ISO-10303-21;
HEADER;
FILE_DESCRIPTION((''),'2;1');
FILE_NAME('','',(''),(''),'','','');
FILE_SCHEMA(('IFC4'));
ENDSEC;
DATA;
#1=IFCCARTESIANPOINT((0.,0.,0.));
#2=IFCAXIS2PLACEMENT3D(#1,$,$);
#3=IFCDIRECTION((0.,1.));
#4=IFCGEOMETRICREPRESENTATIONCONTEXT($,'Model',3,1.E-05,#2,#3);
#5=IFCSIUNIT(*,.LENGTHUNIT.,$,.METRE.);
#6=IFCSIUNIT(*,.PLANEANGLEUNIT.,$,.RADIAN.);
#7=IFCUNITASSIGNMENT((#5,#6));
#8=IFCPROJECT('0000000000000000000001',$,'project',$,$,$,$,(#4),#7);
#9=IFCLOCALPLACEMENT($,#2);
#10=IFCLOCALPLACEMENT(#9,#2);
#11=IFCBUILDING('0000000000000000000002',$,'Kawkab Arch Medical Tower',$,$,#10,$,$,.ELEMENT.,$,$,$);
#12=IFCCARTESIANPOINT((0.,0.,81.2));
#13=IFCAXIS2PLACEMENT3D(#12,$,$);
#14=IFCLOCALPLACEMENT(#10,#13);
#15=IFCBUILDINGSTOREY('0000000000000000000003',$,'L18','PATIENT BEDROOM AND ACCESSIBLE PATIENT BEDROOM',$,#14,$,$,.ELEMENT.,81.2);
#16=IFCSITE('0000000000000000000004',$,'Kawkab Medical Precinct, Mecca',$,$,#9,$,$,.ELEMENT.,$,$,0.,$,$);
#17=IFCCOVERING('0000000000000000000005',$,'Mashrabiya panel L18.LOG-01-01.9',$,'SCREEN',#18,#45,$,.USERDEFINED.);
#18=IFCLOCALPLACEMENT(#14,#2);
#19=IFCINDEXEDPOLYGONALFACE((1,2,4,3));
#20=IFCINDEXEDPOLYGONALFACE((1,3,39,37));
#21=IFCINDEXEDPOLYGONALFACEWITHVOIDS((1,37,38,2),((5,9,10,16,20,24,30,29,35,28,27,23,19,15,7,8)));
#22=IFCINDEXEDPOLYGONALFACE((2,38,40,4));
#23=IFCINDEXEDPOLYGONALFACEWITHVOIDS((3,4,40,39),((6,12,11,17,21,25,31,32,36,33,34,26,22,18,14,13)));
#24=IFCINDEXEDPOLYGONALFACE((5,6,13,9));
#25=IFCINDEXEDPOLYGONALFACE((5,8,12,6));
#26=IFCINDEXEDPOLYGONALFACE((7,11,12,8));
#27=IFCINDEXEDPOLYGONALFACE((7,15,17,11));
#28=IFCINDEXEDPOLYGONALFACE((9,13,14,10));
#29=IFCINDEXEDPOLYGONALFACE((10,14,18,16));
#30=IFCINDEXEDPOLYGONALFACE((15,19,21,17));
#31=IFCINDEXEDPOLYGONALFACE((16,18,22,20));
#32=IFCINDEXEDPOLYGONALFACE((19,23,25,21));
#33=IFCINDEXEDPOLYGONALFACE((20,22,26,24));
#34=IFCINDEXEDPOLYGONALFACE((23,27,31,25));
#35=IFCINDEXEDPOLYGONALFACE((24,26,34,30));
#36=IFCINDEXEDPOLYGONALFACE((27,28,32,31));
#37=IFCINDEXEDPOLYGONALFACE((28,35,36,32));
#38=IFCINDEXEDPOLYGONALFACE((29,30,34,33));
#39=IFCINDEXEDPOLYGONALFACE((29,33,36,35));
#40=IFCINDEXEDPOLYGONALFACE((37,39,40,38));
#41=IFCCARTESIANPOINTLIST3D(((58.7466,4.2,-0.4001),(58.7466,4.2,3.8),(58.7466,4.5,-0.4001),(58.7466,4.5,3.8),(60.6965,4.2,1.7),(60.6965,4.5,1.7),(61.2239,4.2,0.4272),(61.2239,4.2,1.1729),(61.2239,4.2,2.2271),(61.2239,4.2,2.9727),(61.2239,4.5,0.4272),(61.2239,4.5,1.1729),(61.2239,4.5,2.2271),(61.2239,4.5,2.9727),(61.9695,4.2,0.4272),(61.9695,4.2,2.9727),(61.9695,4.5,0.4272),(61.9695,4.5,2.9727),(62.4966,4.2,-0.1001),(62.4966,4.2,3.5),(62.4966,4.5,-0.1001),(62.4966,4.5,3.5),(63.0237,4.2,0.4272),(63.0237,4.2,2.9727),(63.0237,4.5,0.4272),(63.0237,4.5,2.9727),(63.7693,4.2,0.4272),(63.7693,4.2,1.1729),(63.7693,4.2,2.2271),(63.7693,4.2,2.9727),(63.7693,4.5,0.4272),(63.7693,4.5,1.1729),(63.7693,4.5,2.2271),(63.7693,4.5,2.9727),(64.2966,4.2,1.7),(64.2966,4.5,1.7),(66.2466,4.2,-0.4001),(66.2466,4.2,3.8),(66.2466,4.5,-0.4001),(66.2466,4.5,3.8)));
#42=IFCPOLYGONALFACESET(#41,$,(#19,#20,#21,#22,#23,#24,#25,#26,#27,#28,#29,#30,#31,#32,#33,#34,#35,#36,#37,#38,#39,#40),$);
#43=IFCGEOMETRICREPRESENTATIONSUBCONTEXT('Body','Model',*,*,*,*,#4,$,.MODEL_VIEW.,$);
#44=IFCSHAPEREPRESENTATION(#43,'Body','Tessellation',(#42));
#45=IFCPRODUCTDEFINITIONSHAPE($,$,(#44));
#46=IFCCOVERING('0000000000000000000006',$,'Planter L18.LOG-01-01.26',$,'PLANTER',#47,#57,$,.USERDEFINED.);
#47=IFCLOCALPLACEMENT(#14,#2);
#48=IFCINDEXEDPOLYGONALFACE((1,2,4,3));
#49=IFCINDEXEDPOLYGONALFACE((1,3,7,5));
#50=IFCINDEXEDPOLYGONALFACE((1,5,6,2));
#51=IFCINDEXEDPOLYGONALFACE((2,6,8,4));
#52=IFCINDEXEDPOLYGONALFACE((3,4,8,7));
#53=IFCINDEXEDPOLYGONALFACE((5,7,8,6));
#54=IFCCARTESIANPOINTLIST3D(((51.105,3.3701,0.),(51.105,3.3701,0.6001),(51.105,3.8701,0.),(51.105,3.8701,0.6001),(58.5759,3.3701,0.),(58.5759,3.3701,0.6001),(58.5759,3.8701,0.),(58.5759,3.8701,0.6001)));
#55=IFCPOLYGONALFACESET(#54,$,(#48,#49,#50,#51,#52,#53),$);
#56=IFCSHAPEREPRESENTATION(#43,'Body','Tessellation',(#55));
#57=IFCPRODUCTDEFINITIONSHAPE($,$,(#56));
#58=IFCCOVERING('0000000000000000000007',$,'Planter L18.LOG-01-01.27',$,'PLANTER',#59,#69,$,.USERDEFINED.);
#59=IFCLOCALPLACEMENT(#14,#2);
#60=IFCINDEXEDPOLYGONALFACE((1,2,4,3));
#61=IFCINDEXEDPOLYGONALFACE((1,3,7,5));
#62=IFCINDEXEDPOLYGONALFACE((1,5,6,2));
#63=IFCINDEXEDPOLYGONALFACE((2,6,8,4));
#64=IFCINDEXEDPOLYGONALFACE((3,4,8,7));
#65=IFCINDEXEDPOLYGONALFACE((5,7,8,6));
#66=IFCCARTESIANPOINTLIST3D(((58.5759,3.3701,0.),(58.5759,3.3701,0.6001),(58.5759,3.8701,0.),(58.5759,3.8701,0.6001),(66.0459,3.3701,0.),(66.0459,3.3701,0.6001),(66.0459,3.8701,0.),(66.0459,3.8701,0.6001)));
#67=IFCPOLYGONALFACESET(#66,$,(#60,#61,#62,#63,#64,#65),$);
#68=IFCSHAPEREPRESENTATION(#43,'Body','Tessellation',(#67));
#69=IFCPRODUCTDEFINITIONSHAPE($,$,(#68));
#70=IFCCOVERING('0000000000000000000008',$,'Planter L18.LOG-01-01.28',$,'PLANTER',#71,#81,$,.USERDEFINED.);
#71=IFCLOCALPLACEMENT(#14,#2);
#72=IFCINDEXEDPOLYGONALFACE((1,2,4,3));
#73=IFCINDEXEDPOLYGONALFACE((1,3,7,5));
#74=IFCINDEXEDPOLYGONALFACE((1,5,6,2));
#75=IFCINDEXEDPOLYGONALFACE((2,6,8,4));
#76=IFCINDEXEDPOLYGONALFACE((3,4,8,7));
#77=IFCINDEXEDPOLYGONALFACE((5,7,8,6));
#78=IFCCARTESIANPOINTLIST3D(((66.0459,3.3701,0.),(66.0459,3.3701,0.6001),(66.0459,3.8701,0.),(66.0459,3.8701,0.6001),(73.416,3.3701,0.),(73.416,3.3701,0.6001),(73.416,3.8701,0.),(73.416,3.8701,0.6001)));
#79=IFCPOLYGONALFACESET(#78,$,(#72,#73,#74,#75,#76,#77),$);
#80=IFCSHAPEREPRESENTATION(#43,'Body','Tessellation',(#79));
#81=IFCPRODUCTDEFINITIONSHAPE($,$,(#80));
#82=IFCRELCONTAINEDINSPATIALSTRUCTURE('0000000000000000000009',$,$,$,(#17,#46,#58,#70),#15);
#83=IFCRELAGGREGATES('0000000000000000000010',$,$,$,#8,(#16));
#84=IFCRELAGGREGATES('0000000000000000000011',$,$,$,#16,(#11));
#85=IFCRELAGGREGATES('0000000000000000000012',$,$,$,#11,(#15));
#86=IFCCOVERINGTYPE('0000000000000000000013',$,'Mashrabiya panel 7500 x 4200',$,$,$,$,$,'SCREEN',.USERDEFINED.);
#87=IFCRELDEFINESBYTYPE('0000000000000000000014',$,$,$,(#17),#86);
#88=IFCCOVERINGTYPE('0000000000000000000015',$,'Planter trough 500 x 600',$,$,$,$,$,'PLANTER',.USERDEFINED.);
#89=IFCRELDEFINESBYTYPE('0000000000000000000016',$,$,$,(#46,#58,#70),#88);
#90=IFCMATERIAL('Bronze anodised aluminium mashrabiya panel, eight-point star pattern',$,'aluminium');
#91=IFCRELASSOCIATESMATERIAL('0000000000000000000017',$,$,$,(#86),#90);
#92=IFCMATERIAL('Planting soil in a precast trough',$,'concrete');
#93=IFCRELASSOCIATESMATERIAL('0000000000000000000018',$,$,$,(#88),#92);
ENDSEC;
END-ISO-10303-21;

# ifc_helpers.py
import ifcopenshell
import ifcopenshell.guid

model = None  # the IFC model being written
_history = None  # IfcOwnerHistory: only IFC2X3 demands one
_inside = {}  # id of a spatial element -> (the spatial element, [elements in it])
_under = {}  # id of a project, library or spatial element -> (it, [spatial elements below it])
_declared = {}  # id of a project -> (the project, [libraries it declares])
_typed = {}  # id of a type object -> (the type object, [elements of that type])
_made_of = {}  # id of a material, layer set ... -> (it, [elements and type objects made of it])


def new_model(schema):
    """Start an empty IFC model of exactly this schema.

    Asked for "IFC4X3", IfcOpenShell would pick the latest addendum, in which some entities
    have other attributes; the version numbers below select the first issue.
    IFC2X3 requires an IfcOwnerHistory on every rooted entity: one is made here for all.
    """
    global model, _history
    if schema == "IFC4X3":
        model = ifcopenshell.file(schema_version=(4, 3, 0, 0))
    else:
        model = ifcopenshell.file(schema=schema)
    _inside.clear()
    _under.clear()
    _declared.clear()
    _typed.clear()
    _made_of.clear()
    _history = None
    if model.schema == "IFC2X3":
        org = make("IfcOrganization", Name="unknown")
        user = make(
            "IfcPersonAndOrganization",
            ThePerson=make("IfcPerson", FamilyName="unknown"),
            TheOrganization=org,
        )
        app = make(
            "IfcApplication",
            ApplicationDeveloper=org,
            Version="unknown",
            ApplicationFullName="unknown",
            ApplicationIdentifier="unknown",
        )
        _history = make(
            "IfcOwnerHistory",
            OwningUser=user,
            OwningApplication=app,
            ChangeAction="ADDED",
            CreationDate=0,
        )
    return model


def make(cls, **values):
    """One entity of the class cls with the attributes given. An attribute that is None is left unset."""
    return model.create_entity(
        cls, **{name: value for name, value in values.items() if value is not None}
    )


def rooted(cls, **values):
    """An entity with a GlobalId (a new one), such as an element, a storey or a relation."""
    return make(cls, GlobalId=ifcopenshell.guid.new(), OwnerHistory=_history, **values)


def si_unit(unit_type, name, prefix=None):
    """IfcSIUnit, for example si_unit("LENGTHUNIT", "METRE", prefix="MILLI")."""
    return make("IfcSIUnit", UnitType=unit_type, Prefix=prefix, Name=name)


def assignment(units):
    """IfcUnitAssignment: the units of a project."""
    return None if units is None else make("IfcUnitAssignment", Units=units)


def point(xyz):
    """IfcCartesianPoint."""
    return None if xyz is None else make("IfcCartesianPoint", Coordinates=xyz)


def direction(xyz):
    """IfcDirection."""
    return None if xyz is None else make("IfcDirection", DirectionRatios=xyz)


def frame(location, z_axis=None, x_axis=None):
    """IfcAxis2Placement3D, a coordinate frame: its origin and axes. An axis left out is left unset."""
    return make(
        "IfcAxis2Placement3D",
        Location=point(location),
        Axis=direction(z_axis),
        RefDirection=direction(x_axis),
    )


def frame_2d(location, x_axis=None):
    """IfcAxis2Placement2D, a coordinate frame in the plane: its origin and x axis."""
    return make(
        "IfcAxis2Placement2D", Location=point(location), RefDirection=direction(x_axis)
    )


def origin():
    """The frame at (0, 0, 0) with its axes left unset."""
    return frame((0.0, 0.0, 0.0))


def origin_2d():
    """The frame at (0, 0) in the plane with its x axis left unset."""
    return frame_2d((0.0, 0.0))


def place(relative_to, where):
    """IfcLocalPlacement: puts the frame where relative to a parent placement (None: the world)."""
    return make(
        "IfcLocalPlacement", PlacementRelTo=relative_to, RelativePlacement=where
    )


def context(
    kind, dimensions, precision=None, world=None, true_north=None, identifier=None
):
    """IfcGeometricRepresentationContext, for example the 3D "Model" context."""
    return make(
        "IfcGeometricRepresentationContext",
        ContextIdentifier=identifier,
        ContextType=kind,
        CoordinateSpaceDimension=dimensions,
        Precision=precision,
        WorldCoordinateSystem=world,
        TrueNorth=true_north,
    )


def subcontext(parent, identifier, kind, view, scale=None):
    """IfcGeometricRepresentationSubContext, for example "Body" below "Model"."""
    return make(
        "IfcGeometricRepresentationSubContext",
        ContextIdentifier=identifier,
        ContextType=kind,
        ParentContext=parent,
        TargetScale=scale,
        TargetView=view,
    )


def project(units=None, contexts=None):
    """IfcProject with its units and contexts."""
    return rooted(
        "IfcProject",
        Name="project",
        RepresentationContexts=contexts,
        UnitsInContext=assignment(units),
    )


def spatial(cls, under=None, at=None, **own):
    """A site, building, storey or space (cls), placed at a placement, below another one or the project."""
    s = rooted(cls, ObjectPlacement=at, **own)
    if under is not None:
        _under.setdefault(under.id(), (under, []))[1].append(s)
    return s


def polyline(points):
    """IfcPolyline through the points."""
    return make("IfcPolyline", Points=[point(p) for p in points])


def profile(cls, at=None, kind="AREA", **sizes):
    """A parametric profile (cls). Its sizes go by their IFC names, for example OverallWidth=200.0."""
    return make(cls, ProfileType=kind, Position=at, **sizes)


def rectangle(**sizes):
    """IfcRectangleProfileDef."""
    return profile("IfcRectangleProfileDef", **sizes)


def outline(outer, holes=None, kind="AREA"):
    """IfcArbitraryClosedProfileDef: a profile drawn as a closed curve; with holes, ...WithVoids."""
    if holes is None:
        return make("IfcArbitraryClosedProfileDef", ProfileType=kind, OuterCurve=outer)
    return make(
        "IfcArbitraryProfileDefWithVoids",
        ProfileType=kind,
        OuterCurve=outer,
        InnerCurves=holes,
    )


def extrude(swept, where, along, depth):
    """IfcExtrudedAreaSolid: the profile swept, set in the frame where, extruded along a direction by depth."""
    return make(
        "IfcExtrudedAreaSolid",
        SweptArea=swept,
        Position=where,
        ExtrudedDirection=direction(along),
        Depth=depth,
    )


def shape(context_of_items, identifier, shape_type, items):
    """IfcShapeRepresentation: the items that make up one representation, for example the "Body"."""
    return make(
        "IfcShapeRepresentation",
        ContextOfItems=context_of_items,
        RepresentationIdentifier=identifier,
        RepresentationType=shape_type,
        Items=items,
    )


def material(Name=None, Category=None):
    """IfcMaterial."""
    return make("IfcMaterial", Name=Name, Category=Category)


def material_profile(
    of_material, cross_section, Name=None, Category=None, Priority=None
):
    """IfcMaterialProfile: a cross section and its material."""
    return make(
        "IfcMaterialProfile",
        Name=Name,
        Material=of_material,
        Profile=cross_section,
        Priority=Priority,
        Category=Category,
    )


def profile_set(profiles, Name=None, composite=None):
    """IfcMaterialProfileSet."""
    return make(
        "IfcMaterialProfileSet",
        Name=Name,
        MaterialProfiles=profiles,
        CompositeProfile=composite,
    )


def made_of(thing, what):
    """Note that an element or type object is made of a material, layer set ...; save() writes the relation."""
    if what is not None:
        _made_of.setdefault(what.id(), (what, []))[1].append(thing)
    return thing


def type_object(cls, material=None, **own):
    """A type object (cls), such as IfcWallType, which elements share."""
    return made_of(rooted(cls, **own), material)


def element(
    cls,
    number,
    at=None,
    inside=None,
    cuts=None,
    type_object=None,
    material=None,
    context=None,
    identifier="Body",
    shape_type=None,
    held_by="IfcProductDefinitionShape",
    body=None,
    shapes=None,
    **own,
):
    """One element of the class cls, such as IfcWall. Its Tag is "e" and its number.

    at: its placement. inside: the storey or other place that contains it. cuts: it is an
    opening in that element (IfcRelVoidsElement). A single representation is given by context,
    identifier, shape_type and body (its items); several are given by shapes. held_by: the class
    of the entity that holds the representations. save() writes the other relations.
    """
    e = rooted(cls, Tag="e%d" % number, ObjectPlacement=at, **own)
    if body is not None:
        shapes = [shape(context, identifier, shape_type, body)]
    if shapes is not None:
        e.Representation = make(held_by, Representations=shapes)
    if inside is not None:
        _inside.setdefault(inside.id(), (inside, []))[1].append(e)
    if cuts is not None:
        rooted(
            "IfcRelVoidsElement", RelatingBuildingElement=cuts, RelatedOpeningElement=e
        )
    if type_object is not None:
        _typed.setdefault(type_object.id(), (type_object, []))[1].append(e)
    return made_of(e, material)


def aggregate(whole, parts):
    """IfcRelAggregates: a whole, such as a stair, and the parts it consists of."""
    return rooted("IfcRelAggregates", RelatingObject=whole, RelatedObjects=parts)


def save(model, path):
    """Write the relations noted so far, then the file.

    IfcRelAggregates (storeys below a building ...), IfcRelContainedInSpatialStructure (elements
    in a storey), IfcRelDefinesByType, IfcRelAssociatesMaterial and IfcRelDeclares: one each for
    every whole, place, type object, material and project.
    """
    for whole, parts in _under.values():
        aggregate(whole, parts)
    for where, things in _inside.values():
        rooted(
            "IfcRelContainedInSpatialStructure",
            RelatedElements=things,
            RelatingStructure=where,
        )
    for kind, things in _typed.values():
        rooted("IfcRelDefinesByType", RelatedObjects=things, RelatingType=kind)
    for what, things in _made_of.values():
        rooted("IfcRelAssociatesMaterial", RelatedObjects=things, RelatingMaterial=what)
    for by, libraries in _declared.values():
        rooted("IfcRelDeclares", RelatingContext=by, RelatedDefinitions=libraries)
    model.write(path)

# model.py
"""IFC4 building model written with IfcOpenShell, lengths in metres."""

from ifc_helpers import new_model, si_unit, direction, frame, origin, origin_2d, place, context, subcontext, project, spatial, polyline, rectangle, outline, extrude, material, material_profile, profile_set, type_object, element, save


model = new_model("IFC4")

# Units and contexts
model_context = context("Model", 3, precision=1e-05, world=origin(), true_north=direction((0.0, 1.0)))
body_context = subcontext(model_context, "Body", "Model", "MODEL_VIEW")
ifc_project = project(units=[si_unit("LENGTHUNIT", "METRE"), si_unit("PLANEANGLEUNIT", "RADIAN")], contexts=[model_context])

# Site, building, storey
site_placement = place(None, origin())
site = spatial("IfcSite", under=ifc_project, at=site_placement, Name="Kawkab Medical Precinct, Mecca", CompositionType="ELEMENT", RefElevation=0.0)
building_placement = place(site_placement, origin())
building = spatial("IfcBuilding", under=site, at=building_placement, Name="Kawkab Arch Medical Tower", CompositionType="ELEMENT")
storey_placement = place(building_placement, frame((0.0, 0.0, 81.2)))
storey = spatial("IfcBuildingStorey", under=building, at=storey_placement, Name="L18", Description="PATIENT BEDROOM AND ACCESSIBLE PATIENT BEDROOM", CompositionType="ELEMENT", Elevation=81.2)

# Coverings
ifc_material_1 = material(Name="Bronze anodised aluminium mashrabiya panel, eight-point star pattern", Category="aluminium")
ifc_material_profile_1 = material_profile(ifc_material_1, outline(polyline([(-3.75, -2.1001), (3.75, -2.1001), (3.75, 2.1001), (-3.75, 2.1001), (-3.75, -2.1001)]), holes=[polyline([(1.8, 0.0), (1.2727, 0.5271), (1.2727, 1.2727), (0.5271, 1.2727), (0.0, 1.8), (-0.5271, 1.2727), (-1.2727, 1.2727), (-1.2727, 0.5271), (-1.8, 0.0), (-1.2727, -0.5271), (-1.2727, -1.2727), (-0.5271, -1.2727), (0.0, -1.8), (0.5271, -1.2727), (1.2727, -1.2727), (1.2727, -0.5271), (1.8, 0.0)])]), Name="Mashrabiya panel 7500x4200")
ifc_profile_set_1 = profile_set([ifc_material_profile_1], Name="Bronze anodised aluminium mashrabiya panel, eight-point star pattern")
covering_type_1 = type_object("IfcCoveringType", Name="Mashrabiya panel 7500 x 4200", ElementType="SCREEN", PredefinedType="USERDEFINED", material=ifc_profile_set_1)
covering_1_placement = place(storey_placement, frame((62.4966, 4.2, 1.7), z_axis=(0.0, 1.0, 0.0), x_axis=(-1.0, 0.0, 0.0)))
element("IfcCovering", 1, at=covering_1_placement, inside=storey, type_object=covering_type_1, Name="Mashrabiya panel L18.LOG-01-01.9", ObjectType="SCREEN", PredefinedType="USERDEFINED", context=body_context, shape_type="SweptSolid", body=[
    extrude(outline(polyline([(-3.75, -2.1001), (3.75, -2.1001), (3.75, 2.1001), (-3.75, 2.1001), (-3.75, -2.1001)]), holes=[polyline([(1.8, 0.0), (1.2727, 0.5271), (1.2727, 1.2727), (0.5271, 1.2727), (0.0, 1.8), (-0.5271, 1.2727), (-1.2727, 1.2727), (-1.2727, 0.5271), (-1.8, 0.0), (-1.2727, -0.5271), (-1.2727, -1.2727), (-0.5271, -1.2727), (0.0, -1.8), (0.5271, -1.2727), (1.2727, -1.2727), (1.2727, -0.5271), (1.8, 0.0)])]), origin(), (0.0, 0.0, 1.0), 0.3),
])
ifc_material_2 = material(Name="Planting soil in a precast trough", Category="concrete")
ifc_material_profile_2 = material_profile(ifc_material_2, rectangle(XDim=0.5, YDim=0.6001, at=origin_2d()), Name="Trough 500x600")
ifc_profile_set_2 = profile_set([ifc_material_profile_2], Name="Planting soil in a precast trough")
covering_type_2 = type_object("IfcCoveringType", Name="Planter trough 500 x 600", ElementType="PLANTER", PredefinedType="USERDEFINED", material=ifc_profile_set_2)
covering_2_placement = place(storey_placement, frame((51.105, 3.6201, 0.3), z_axis=(1.0, 0.0, 0.0), x_axis=(0.0, 1.0, 0.0)))
element("IfcCovering", 2, at=covering_2_placement, inside=storey, type_object=covering_type_2, Name="Planter L18.LOG-01-01.26", ObjectType="PLANTER", PredefinedType="USERDEFINED", context=body_context, shape_type="SweptSolid", body=[
    extrude(rectangle(XDim=0.5, YDim=0.6001, at=origin_2d()), origin(), (0.0, 0.0, 1.0), 7.4709),
])
covering_3_placement = place(storey_placement, frame((58.5759, 3.6201, 0.3), z_axis=(1.0, 0.0, 0.0), x_axis=(0.0, 1.0, 0.0)))
element("IfcCovering", 3, at=covering_3_placement, inside=storey, type_object=covering_type_2, Name="Planter L18.LOG-01-01.27", ObjectType="PLANTER", PredefinedType="USERDEFINED", context=body_context, shape_type="SweptSolid", body=[
    extrude(rectangle(XDim=0.5, YDim=0.6001, at=origin_2d()), origin(), (0.0, 0.0, 1.0), 7.47),
])
covering_4_placement = place(storey_placement, frame((66.0459, 3.6201, 0.3), z_axis=(1.0, 0.0, 0.0), x_axis=(0.0, 1.0, 0.0)))
element("IfcCovering", 4, at=covering_4_placement, inside=storey, type_object=covering_type_2, Name="Planter L18.LOG-01-01.28", ObjectType="PLANTER", PredefinedType="USERDEFINED", context=body_context, shape_type="SweptSolid", body=[
    extrude(rectangle(XDim=0.5, YDim=0.6001, at=origin_2d()), origin(), (0.0, 0.0, 1.0), 7.3701),
])

save(model, "model.ifc")
